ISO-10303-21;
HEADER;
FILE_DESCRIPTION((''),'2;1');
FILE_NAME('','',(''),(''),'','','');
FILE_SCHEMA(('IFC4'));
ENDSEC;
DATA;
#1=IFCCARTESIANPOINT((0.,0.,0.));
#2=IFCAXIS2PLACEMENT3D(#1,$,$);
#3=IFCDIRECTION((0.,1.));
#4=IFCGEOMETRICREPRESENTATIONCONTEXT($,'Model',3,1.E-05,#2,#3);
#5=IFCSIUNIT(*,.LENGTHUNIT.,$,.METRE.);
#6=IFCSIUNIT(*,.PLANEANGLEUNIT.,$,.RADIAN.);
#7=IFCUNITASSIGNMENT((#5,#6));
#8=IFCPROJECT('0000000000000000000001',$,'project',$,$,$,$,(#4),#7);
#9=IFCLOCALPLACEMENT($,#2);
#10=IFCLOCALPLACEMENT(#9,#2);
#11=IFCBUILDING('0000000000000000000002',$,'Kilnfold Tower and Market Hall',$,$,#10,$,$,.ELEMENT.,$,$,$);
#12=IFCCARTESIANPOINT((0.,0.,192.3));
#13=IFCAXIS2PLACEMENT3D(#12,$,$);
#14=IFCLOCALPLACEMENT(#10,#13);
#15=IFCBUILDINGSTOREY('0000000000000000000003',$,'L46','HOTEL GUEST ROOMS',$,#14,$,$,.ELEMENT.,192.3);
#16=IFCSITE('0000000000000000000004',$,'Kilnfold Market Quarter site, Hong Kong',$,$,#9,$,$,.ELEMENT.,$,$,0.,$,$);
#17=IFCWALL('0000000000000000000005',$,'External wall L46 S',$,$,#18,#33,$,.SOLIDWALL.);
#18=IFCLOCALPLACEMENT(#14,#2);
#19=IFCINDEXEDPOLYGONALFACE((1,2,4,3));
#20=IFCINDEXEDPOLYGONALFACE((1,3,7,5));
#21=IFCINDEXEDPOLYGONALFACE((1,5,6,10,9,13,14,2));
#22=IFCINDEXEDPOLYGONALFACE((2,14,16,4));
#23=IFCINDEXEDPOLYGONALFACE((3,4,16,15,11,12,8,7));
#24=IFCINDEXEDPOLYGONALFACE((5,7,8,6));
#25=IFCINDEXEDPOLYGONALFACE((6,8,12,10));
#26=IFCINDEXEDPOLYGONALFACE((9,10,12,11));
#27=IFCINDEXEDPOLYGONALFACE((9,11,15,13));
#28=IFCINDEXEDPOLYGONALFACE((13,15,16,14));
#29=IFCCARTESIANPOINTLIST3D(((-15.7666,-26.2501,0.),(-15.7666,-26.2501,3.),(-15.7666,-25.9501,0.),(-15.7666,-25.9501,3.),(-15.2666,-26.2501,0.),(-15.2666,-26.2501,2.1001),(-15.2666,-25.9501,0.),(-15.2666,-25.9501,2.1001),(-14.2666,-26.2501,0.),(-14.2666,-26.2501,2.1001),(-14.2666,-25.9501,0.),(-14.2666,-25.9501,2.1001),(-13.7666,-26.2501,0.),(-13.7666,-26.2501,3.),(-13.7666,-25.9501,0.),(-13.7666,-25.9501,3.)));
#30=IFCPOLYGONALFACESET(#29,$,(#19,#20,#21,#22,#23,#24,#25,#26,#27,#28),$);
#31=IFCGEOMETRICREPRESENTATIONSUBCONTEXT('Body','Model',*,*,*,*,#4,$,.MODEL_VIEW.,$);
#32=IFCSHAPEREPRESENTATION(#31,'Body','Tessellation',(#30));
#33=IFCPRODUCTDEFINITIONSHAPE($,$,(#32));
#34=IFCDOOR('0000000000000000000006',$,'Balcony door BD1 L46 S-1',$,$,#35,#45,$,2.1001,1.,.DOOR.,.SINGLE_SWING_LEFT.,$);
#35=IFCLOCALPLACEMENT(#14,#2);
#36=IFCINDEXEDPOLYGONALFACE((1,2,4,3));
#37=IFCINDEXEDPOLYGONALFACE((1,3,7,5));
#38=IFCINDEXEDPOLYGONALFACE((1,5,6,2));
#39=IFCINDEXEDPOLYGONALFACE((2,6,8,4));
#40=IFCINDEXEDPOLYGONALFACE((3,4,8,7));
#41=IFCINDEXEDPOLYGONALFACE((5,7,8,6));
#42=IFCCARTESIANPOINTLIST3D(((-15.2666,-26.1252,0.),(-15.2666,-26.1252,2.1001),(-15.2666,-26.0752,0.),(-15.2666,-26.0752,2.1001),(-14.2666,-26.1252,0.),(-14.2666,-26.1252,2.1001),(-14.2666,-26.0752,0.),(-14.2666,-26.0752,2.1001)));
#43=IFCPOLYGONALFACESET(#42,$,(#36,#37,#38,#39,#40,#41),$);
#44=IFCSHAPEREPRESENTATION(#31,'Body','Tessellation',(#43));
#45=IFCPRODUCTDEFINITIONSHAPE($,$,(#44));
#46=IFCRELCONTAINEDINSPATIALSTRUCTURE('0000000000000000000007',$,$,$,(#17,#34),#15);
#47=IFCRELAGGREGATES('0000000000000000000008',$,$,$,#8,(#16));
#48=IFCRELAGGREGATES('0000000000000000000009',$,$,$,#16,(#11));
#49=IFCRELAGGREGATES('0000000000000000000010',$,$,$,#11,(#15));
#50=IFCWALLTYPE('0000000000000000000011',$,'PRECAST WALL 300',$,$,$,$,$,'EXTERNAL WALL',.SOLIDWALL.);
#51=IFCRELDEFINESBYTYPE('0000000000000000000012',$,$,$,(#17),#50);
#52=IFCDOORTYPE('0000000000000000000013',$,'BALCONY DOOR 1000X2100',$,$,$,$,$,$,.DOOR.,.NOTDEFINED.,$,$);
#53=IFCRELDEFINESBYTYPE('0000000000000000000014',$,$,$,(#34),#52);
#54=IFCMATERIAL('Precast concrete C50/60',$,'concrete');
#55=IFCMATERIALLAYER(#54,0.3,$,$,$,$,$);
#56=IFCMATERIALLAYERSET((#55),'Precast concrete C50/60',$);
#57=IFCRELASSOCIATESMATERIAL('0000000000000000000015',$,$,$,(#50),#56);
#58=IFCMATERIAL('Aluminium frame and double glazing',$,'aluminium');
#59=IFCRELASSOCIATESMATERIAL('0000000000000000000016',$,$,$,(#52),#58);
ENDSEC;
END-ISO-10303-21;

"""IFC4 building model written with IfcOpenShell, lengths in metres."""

from ifc_helpers import new_model, si_unit, direction, frame, frame_2d, origin, place, context, subcontext, project, spatial, rectangle, extrude, source, transform, mapped, material, layer, layer_set, type_object, element, fill, save


model = new_model("IFC4")

# Units and contexts
model_context = context("Model", 3, precision=1e-05, world=origin(), true_north=direction((0.0, 1.0)))
body_context = subcontext(model_context, "Body", "Model", "MODEL_VIEW")
ifc_project = project(units=[si_unit("LENGTHUNIT", "METRE"), si_unit("PLANEANGLEUNIT", "RADIAN")], contexts=[model_context])

# Site, building, storey
site_placement = place(None, origin())
site = spatial("IfcSite", under=ifc_project, at=site_placement, Name="Kilnfold Market Quarter site, Hong Kong", CompositionType="ELEMENT", RefElevation=0.0)
building_placement = place(site_placement, origin())
building = spatial("IfcBuilding", under=site, at=building_placement, Name="Kilnfold Tower and Market Hall", CompositionType="ELEMENT")
storey_placement = place(building_placement, frame((0.0, 0.0, 192.3)))
storey = spatial("IfcBuildingStorey", under=building, at=storey_placement, Name="L46", Description="HOTEL GUEST ROOMS", CompositionType="ELEMENT", Elevation=192.3)

# Wall, opening, door
ifc_material_1 = material(Name="Precast concrete C50/60", Category="concrete")
ifc_layer_1 = layer(ifc_material_1, 0.3)
ifc_layer_set_1 = layer_set([ifc_layer_1], Name="Precast concrete C50/60")
wall_type_1 = type_object("IfcWallType", Name="PRECAST WALL 300", ElementType="EXTERNAL WALL", PredefinedType="SOLIDWALL", material=ifc_layer_set_1)
shared_shape_1 = source(origin(), body_context, "Body", "SweptSolid", [
    extrude(rectangle(XDim=2.0, YDim=0.3, at=frame_2d((1.0, 0.0))), origin(), (0.0, 0.0, 1.0), 3.0),
])
wall_1_placement = place(storey_placement, frame((-15.7666, -26.1001, 0.0), z_axis=(0.0, 0.0, 1.0), x_axis=(1.0, 0.0, 0.0)))
wall_1 = element("IfcWall", 1, at=wall_1_placement, inside=storey, type_object=wall_type_1, Name="External wall L46 S", PredefinedType="SOLIDWALL", context=body_context, shape_type="MappedRepresentation", body=[
    mapped(shared_shape_1, transform((0.0, 0.0, 0.0))),
])
opening_placement = place(wall_1_placement, frame((0.5, 0.0, 0.0)))
opening = element("IfcOpeningElement", 2, at=opening_placement, cuts=wall_1, PredefinedType="OPENING", context=body_context, shape_type="SweptSolid", body=[
    extrude(rectangle(XDim=1.0, YDim=2.1001, at=frame_2d((0.5, 1.05))), frame((0.0, 0.1602, 0.0), z_axis=(0.0, -1.0, 0.0), x_axis=(1.0, 0.0, 0.0)), (0.0, 0.0, 1.0), 0.3201),
])
ifc_material_2 = material(Name="Aluminium frame and double glazing", Category="aluminium")
door_type = type_object("IfcDoorType", Name="BALCONY DOOR 1000X2100", OperationType="NOTDEFINED", PredefinedType="DOOR", material=ifc_material_2)
door_placement = place(opening_placement, origin())
door = element("IfcDoor", 3, at=door_placement, inside=storey, type_object=door_type, Name="Balcony door BD1 L46 S-1", OperationType="SINGLE_SWING_LEFT", OverallHeight=2.1001, OverallWidth=1.0, PredefinedType="DOOR", context=body_context, shape_type="SweptSolid", body=[
    extrude(rectangle(XDim=1.0, YDim=2.1001, at=frame_2d((0.5, 1.05))), frame((0.0, 0.0249, 0.0), z_axis=(0.0, -1.0, 0.0), x_axis=(1.0, 0.0, 0.0)), (0.0, 0.0, 1.0), 0.05),
])
fill(opening, door)

save(model, "model.ifc")
